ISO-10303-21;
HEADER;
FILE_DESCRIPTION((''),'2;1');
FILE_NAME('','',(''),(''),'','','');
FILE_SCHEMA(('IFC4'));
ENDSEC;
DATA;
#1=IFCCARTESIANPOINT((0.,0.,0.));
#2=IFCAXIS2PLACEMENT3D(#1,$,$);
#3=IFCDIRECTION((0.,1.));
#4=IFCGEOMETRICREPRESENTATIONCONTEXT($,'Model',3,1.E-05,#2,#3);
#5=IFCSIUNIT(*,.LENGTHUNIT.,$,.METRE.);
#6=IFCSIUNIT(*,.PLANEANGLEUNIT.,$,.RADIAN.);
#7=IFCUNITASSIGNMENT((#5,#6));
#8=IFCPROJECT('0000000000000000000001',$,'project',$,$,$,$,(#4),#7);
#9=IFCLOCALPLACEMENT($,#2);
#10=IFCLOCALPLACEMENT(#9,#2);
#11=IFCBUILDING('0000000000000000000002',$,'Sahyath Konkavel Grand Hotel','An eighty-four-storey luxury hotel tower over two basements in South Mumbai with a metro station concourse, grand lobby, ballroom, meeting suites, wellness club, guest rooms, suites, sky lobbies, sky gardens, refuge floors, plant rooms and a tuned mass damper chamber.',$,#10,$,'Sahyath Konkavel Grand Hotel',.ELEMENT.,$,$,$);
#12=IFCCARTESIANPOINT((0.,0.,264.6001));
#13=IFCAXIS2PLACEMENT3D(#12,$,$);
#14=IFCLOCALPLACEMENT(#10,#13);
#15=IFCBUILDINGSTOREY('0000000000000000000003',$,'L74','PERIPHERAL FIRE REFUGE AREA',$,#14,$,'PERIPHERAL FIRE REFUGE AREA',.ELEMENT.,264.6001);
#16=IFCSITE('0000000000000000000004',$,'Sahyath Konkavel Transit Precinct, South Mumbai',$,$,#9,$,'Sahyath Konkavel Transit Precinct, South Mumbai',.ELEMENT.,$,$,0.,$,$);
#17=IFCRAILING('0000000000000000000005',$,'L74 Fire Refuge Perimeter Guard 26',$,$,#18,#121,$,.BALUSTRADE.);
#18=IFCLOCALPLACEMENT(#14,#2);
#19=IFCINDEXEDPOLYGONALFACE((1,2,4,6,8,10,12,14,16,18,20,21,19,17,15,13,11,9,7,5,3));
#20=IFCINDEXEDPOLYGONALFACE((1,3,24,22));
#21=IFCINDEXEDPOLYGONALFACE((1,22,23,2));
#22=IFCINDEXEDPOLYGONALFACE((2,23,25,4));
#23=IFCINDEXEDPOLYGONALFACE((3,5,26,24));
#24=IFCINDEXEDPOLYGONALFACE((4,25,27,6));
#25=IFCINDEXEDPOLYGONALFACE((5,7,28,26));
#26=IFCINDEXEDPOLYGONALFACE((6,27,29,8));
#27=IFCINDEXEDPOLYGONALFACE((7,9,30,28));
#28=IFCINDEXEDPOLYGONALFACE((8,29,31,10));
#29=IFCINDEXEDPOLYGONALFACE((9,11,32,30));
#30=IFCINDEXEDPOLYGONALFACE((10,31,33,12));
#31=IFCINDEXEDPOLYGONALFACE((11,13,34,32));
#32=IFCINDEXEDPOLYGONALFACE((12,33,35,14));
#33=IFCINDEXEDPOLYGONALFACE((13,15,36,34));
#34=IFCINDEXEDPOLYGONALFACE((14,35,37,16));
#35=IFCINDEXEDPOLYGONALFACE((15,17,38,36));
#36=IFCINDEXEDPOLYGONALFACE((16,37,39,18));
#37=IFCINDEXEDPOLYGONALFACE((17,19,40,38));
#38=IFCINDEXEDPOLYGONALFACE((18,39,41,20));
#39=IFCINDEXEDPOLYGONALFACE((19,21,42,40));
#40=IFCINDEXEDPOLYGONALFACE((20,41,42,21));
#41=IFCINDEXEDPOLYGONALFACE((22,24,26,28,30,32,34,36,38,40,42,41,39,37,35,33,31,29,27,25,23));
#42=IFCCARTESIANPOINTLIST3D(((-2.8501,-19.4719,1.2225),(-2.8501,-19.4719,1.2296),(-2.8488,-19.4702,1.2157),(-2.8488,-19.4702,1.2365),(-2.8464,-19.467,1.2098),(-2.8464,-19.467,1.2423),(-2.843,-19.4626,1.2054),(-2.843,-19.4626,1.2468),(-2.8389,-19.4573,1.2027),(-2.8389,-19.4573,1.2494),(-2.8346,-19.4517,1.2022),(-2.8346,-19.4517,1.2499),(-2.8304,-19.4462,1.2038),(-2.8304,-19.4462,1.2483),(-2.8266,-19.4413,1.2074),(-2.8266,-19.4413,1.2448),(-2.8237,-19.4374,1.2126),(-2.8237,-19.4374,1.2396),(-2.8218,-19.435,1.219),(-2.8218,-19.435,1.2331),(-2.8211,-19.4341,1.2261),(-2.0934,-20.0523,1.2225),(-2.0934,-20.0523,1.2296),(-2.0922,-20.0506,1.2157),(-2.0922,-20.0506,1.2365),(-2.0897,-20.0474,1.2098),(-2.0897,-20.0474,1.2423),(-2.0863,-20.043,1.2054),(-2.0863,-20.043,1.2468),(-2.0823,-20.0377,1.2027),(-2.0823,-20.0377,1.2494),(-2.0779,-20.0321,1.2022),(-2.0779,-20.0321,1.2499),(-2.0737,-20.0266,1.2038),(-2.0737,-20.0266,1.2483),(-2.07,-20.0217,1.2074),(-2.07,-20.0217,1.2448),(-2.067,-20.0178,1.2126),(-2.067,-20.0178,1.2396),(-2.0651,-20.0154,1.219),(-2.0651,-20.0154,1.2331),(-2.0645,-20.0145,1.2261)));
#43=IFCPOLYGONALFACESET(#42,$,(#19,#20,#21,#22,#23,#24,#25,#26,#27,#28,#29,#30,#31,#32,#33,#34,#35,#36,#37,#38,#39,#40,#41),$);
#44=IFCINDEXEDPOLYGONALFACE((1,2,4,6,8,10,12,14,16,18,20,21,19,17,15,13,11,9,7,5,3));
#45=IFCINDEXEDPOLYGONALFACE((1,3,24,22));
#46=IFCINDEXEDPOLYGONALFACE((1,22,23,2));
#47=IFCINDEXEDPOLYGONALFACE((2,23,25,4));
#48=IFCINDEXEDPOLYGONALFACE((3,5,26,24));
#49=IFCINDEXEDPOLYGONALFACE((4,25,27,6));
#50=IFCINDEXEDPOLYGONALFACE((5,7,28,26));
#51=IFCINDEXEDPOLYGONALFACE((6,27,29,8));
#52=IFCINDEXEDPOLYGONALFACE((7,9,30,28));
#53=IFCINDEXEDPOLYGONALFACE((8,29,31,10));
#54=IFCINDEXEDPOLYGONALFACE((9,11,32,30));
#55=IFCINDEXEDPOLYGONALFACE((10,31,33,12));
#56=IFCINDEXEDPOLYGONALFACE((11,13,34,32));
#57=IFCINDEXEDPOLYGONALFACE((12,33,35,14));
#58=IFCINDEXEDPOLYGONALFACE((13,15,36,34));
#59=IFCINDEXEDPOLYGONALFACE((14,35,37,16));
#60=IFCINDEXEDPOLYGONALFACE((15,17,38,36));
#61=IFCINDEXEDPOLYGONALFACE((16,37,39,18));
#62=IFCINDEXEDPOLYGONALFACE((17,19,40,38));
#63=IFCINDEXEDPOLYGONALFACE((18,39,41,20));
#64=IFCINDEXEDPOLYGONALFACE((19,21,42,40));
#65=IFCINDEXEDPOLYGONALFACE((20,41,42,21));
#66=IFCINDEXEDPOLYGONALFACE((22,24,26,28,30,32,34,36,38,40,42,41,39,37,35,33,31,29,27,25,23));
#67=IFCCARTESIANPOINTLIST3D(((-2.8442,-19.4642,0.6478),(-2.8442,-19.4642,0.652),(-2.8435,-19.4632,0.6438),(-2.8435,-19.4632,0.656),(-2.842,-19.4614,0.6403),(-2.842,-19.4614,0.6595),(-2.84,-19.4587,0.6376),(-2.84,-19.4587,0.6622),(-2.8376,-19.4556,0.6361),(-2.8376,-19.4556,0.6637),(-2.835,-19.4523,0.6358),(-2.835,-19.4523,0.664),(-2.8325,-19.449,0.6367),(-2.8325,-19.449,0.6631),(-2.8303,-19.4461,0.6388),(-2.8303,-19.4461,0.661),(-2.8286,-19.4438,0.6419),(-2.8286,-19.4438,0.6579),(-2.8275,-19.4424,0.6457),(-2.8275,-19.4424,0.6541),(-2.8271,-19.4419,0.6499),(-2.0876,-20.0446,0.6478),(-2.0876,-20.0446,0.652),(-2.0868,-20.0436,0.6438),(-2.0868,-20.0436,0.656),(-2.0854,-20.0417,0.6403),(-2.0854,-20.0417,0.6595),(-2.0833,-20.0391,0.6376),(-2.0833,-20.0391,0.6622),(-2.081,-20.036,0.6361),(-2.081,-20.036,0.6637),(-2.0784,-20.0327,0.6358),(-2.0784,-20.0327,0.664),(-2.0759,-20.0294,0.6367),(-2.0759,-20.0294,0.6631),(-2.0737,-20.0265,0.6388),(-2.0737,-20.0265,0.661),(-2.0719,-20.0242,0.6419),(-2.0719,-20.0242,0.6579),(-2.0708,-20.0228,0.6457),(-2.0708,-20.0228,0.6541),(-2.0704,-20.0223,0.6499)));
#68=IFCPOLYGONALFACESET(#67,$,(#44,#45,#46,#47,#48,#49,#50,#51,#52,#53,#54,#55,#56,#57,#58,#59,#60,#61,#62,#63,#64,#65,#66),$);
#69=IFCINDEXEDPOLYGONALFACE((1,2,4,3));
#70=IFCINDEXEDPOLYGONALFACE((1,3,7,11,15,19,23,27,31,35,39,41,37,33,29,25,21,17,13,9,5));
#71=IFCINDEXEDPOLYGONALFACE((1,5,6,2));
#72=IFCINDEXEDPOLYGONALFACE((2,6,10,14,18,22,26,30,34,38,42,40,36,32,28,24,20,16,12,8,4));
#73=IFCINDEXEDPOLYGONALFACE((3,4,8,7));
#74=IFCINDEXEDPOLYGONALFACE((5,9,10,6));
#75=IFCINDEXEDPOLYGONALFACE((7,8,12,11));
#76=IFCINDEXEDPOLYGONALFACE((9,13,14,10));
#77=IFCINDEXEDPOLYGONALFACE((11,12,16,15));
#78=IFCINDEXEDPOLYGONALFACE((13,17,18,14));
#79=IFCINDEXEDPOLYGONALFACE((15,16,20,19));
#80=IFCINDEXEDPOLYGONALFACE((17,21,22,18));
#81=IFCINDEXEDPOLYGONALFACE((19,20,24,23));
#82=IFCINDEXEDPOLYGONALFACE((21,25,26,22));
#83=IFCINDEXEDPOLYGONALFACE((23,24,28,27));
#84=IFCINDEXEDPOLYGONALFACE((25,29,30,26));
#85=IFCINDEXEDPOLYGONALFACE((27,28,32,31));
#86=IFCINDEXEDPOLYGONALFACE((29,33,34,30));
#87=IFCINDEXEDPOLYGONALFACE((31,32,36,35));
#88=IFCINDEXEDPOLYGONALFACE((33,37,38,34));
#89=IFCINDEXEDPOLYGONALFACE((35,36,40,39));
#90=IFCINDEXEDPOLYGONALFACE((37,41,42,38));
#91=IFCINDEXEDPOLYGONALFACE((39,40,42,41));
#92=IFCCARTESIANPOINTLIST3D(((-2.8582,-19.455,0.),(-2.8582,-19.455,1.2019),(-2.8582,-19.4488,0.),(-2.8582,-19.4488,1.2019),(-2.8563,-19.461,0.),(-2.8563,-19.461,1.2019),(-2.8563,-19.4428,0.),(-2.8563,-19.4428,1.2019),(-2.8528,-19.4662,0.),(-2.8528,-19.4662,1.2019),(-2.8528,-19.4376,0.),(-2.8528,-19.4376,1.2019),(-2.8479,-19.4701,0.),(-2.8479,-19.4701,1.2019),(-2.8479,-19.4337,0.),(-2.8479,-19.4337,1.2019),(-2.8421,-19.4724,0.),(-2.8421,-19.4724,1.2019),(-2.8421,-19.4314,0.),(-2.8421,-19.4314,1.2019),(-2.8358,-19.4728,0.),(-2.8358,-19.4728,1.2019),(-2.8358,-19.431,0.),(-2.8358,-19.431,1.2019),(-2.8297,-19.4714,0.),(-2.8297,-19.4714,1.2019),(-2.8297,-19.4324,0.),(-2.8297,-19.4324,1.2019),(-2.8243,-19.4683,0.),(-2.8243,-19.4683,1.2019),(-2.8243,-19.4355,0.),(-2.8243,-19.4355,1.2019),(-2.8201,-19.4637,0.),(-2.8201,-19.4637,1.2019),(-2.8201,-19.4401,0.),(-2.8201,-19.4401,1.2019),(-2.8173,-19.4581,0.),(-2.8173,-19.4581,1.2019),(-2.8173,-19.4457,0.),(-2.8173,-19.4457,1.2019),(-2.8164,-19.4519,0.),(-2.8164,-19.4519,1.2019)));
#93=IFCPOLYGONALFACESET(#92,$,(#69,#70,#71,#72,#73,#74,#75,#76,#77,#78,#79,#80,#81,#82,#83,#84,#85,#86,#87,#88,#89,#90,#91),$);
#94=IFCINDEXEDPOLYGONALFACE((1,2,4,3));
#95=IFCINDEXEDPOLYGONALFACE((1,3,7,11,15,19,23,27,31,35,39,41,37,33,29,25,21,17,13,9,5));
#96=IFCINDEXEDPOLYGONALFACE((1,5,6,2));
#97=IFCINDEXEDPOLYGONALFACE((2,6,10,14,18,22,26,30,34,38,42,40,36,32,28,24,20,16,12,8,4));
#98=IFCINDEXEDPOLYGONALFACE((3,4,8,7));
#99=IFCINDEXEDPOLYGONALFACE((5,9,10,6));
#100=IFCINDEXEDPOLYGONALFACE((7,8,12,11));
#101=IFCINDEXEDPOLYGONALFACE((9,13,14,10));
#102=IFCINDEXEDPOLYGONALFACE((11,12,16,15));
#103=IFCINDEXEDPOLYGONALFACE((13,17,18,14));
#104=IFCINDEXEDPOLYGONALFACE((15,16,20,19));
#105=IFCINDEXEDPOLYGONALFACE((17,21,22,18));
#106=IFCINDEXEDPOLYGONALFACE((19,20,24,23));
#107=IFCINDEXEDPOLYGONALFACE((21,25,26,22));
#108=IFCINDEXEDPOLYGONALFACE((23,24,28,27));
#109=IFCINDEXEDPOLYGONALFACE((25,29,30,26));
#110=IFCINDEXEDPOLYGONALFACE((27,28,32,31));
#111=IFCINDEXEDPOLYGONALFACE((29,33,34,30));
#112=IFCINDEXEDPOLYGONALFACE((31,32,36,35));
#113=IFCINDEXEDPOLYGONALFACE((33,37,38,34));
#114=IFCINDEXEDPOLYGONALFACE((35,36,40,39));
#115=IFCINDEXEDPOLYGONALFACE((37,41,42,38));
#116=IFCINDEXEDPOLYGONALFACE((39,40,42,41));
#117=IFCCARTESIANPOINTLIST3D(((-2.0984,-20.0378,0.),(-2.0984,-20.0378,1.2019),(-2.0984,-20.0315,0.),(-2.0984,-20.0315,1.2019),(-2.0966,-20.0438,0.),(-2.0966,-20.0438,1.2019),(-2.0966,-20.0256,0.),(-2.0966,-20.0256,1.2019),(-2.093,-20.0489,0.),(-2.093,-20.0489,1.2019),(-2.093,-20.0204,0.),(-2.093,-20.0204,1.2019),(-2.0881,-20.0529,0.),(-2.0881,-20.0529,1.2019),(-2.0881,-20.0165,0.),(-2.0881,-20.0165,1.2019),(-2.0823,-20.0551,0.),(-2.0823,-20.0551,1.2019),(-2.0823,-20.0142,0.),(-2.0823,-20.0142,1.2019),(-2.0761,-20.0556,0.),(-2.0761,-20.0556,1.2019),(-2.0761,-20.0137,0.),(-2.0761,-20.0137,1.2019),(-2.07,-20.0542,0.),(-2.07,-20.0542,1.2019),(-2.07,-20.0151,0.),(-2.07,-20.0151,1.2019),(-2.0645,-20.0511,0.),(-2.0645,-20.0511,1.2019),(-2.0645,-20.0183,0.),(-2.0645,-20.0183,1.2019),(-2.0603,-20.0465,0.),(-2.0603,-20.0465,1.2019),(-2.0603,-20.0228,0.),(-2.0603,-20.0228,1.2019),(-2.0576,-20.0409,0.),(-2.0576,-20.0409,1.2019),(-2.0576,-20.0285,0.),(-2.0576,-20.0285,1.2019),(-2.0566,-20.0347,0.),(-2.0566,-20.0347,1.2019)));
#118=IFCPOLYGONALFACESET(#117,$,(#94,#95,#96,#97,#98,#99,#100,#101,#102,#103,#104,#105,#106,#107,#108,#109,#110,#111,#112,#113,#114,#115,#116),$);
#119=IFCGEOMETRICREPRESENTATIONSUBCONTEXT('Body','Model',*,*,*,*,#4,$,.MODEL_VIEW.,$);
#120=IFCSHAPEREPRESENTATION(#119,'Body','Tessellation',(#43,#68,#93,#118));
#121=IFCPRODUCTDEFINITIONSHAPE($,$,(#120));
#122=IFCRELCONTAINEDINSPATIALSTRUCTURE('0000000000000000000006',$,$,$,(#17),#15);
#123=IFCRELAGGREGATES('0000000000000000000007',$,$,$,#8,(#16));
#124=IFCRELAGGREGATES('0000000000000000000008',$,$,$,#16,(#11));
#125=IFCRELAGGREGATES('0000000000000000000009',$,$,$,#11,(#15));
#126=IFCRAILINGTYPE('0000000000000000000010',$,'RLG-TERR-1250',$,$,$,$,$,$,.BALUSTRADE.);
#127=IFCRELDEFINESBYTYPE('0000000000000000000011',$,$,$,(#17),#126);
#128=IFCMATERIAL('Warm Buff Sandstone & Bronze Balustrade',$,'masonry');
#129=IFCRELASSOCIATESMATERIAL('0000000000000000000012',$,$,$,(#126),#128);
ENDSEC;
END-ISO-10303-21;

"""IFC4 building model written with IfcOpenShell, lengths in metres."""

from ifc_helpers import new_model, si_unit, direction, frame, origin, origin_2d, place, context, subcontext, project, spatial, circle, extrude, material, type_object, element, save


model = new_model("IFC4")

# Units and contexts
model_context = context("Model", 3, precision=1e-05, world=origin(), true_north=direction((0.0, 1.0)))
body_context = subcontext(model_context, "Body", "Model", "MODEL_VIEW")
ifc_project = project(units=[si_unit("LENGTHUNIT", "METRE"), si_unit("PLANEANGLEUNIT", "RADIAN")], contexts=[model_context])

# Site, building, storey
site_placement = place(None, origin())
site = spatial("IfcSite", under=ifc_project, at=site_placement, Name="Sahyath Konkavel Transit Precinct, South Mumbai", LongName="Sahyath Konkavel Transit Precinct, South Mumbai", CompositionType="ELEMENT", RefElevation=0.0)
building_placement = place(site_placement, origin())
building = spatial("IfcBuilding", under=site, at=building_placement, Name="Sahyath Konkavel Grand Hotel", Description="An eighty-four-storey luxury hotel tower over two basements in South Mumbai with a metro station concourse, grand lobby, ballroom, meeting suites, wellness club, guest rooms, suites, sky lobbies, sky gardens, refuge floors, plant rooms and a tuned mass damper chamber.", LongName="Sahyath Konkavel Grand Hotel", CompositionType="ELEMENT")
storey_placement = place(building_placement, frame((0.0, 0.0, 264.6001)))
storey = spatial("IfcBuildingStorey", under=building, at=storey_placement, Name="L74", Description="PERIPHERAL FIRE REFUGE AREA", LongName="PERIPHERAL FIRE REFUGE AREA", CompositionType="ELEMENT", Elevation=264.6001)

# Railing
ifc_material_1 = material(Name="Warm Buff Sandstone & Bronze Balustrade", Category="masonry")
railing_type = type_object("IfcRailingType", Name="RLG-TERR-1250", PredefinedType="BALUSTRADE", material=ifc_material_1)
railing_1_placement = place(storey_placement, frame((-2.8374, -19.4519, 0.0)))
element("IfcRailing", 1, at=railing_1_placement, inside=storey, type_object=railing_type, Name="L74 Fire Refuge Perimeter Guard 26", PredefinedType="BALUSTRADE", context=body_context, shape_type="SweptSolid", body=[
    extrude(circle(Radius=0.0239, at=origin_2d()), frame((0.0017, -0.0012, 1.2261), z_axis=(0.793467, -0.608614, 0.0), x_axis=(0.608614, 0.793467, 0.0)), (0.0, 0.0, 1.0), 0.9536),
    extrude(circle(Radius=0.0142, at=origin_2d()), frame((0.0017, -0.0012, 0.6499), z_axis=(0.793467, -0.608614, 0.0), x_axis=(0.608614, 0.793467, 0.0)), (0.0, 0.0, 1.0), 0.9536),
    extrude(circle(Radius=0.021, at=origin_2d()), origin(), (0.0, 0.0, 1.0), 1.2019),
    extrude(circle(Radius=0.021, at=origin_2d()), frame((0.7598, -0.5828, 0.0)), (0.0, 0.0, 1.0), 1.2019),
])

save(model, "model.ifc")
